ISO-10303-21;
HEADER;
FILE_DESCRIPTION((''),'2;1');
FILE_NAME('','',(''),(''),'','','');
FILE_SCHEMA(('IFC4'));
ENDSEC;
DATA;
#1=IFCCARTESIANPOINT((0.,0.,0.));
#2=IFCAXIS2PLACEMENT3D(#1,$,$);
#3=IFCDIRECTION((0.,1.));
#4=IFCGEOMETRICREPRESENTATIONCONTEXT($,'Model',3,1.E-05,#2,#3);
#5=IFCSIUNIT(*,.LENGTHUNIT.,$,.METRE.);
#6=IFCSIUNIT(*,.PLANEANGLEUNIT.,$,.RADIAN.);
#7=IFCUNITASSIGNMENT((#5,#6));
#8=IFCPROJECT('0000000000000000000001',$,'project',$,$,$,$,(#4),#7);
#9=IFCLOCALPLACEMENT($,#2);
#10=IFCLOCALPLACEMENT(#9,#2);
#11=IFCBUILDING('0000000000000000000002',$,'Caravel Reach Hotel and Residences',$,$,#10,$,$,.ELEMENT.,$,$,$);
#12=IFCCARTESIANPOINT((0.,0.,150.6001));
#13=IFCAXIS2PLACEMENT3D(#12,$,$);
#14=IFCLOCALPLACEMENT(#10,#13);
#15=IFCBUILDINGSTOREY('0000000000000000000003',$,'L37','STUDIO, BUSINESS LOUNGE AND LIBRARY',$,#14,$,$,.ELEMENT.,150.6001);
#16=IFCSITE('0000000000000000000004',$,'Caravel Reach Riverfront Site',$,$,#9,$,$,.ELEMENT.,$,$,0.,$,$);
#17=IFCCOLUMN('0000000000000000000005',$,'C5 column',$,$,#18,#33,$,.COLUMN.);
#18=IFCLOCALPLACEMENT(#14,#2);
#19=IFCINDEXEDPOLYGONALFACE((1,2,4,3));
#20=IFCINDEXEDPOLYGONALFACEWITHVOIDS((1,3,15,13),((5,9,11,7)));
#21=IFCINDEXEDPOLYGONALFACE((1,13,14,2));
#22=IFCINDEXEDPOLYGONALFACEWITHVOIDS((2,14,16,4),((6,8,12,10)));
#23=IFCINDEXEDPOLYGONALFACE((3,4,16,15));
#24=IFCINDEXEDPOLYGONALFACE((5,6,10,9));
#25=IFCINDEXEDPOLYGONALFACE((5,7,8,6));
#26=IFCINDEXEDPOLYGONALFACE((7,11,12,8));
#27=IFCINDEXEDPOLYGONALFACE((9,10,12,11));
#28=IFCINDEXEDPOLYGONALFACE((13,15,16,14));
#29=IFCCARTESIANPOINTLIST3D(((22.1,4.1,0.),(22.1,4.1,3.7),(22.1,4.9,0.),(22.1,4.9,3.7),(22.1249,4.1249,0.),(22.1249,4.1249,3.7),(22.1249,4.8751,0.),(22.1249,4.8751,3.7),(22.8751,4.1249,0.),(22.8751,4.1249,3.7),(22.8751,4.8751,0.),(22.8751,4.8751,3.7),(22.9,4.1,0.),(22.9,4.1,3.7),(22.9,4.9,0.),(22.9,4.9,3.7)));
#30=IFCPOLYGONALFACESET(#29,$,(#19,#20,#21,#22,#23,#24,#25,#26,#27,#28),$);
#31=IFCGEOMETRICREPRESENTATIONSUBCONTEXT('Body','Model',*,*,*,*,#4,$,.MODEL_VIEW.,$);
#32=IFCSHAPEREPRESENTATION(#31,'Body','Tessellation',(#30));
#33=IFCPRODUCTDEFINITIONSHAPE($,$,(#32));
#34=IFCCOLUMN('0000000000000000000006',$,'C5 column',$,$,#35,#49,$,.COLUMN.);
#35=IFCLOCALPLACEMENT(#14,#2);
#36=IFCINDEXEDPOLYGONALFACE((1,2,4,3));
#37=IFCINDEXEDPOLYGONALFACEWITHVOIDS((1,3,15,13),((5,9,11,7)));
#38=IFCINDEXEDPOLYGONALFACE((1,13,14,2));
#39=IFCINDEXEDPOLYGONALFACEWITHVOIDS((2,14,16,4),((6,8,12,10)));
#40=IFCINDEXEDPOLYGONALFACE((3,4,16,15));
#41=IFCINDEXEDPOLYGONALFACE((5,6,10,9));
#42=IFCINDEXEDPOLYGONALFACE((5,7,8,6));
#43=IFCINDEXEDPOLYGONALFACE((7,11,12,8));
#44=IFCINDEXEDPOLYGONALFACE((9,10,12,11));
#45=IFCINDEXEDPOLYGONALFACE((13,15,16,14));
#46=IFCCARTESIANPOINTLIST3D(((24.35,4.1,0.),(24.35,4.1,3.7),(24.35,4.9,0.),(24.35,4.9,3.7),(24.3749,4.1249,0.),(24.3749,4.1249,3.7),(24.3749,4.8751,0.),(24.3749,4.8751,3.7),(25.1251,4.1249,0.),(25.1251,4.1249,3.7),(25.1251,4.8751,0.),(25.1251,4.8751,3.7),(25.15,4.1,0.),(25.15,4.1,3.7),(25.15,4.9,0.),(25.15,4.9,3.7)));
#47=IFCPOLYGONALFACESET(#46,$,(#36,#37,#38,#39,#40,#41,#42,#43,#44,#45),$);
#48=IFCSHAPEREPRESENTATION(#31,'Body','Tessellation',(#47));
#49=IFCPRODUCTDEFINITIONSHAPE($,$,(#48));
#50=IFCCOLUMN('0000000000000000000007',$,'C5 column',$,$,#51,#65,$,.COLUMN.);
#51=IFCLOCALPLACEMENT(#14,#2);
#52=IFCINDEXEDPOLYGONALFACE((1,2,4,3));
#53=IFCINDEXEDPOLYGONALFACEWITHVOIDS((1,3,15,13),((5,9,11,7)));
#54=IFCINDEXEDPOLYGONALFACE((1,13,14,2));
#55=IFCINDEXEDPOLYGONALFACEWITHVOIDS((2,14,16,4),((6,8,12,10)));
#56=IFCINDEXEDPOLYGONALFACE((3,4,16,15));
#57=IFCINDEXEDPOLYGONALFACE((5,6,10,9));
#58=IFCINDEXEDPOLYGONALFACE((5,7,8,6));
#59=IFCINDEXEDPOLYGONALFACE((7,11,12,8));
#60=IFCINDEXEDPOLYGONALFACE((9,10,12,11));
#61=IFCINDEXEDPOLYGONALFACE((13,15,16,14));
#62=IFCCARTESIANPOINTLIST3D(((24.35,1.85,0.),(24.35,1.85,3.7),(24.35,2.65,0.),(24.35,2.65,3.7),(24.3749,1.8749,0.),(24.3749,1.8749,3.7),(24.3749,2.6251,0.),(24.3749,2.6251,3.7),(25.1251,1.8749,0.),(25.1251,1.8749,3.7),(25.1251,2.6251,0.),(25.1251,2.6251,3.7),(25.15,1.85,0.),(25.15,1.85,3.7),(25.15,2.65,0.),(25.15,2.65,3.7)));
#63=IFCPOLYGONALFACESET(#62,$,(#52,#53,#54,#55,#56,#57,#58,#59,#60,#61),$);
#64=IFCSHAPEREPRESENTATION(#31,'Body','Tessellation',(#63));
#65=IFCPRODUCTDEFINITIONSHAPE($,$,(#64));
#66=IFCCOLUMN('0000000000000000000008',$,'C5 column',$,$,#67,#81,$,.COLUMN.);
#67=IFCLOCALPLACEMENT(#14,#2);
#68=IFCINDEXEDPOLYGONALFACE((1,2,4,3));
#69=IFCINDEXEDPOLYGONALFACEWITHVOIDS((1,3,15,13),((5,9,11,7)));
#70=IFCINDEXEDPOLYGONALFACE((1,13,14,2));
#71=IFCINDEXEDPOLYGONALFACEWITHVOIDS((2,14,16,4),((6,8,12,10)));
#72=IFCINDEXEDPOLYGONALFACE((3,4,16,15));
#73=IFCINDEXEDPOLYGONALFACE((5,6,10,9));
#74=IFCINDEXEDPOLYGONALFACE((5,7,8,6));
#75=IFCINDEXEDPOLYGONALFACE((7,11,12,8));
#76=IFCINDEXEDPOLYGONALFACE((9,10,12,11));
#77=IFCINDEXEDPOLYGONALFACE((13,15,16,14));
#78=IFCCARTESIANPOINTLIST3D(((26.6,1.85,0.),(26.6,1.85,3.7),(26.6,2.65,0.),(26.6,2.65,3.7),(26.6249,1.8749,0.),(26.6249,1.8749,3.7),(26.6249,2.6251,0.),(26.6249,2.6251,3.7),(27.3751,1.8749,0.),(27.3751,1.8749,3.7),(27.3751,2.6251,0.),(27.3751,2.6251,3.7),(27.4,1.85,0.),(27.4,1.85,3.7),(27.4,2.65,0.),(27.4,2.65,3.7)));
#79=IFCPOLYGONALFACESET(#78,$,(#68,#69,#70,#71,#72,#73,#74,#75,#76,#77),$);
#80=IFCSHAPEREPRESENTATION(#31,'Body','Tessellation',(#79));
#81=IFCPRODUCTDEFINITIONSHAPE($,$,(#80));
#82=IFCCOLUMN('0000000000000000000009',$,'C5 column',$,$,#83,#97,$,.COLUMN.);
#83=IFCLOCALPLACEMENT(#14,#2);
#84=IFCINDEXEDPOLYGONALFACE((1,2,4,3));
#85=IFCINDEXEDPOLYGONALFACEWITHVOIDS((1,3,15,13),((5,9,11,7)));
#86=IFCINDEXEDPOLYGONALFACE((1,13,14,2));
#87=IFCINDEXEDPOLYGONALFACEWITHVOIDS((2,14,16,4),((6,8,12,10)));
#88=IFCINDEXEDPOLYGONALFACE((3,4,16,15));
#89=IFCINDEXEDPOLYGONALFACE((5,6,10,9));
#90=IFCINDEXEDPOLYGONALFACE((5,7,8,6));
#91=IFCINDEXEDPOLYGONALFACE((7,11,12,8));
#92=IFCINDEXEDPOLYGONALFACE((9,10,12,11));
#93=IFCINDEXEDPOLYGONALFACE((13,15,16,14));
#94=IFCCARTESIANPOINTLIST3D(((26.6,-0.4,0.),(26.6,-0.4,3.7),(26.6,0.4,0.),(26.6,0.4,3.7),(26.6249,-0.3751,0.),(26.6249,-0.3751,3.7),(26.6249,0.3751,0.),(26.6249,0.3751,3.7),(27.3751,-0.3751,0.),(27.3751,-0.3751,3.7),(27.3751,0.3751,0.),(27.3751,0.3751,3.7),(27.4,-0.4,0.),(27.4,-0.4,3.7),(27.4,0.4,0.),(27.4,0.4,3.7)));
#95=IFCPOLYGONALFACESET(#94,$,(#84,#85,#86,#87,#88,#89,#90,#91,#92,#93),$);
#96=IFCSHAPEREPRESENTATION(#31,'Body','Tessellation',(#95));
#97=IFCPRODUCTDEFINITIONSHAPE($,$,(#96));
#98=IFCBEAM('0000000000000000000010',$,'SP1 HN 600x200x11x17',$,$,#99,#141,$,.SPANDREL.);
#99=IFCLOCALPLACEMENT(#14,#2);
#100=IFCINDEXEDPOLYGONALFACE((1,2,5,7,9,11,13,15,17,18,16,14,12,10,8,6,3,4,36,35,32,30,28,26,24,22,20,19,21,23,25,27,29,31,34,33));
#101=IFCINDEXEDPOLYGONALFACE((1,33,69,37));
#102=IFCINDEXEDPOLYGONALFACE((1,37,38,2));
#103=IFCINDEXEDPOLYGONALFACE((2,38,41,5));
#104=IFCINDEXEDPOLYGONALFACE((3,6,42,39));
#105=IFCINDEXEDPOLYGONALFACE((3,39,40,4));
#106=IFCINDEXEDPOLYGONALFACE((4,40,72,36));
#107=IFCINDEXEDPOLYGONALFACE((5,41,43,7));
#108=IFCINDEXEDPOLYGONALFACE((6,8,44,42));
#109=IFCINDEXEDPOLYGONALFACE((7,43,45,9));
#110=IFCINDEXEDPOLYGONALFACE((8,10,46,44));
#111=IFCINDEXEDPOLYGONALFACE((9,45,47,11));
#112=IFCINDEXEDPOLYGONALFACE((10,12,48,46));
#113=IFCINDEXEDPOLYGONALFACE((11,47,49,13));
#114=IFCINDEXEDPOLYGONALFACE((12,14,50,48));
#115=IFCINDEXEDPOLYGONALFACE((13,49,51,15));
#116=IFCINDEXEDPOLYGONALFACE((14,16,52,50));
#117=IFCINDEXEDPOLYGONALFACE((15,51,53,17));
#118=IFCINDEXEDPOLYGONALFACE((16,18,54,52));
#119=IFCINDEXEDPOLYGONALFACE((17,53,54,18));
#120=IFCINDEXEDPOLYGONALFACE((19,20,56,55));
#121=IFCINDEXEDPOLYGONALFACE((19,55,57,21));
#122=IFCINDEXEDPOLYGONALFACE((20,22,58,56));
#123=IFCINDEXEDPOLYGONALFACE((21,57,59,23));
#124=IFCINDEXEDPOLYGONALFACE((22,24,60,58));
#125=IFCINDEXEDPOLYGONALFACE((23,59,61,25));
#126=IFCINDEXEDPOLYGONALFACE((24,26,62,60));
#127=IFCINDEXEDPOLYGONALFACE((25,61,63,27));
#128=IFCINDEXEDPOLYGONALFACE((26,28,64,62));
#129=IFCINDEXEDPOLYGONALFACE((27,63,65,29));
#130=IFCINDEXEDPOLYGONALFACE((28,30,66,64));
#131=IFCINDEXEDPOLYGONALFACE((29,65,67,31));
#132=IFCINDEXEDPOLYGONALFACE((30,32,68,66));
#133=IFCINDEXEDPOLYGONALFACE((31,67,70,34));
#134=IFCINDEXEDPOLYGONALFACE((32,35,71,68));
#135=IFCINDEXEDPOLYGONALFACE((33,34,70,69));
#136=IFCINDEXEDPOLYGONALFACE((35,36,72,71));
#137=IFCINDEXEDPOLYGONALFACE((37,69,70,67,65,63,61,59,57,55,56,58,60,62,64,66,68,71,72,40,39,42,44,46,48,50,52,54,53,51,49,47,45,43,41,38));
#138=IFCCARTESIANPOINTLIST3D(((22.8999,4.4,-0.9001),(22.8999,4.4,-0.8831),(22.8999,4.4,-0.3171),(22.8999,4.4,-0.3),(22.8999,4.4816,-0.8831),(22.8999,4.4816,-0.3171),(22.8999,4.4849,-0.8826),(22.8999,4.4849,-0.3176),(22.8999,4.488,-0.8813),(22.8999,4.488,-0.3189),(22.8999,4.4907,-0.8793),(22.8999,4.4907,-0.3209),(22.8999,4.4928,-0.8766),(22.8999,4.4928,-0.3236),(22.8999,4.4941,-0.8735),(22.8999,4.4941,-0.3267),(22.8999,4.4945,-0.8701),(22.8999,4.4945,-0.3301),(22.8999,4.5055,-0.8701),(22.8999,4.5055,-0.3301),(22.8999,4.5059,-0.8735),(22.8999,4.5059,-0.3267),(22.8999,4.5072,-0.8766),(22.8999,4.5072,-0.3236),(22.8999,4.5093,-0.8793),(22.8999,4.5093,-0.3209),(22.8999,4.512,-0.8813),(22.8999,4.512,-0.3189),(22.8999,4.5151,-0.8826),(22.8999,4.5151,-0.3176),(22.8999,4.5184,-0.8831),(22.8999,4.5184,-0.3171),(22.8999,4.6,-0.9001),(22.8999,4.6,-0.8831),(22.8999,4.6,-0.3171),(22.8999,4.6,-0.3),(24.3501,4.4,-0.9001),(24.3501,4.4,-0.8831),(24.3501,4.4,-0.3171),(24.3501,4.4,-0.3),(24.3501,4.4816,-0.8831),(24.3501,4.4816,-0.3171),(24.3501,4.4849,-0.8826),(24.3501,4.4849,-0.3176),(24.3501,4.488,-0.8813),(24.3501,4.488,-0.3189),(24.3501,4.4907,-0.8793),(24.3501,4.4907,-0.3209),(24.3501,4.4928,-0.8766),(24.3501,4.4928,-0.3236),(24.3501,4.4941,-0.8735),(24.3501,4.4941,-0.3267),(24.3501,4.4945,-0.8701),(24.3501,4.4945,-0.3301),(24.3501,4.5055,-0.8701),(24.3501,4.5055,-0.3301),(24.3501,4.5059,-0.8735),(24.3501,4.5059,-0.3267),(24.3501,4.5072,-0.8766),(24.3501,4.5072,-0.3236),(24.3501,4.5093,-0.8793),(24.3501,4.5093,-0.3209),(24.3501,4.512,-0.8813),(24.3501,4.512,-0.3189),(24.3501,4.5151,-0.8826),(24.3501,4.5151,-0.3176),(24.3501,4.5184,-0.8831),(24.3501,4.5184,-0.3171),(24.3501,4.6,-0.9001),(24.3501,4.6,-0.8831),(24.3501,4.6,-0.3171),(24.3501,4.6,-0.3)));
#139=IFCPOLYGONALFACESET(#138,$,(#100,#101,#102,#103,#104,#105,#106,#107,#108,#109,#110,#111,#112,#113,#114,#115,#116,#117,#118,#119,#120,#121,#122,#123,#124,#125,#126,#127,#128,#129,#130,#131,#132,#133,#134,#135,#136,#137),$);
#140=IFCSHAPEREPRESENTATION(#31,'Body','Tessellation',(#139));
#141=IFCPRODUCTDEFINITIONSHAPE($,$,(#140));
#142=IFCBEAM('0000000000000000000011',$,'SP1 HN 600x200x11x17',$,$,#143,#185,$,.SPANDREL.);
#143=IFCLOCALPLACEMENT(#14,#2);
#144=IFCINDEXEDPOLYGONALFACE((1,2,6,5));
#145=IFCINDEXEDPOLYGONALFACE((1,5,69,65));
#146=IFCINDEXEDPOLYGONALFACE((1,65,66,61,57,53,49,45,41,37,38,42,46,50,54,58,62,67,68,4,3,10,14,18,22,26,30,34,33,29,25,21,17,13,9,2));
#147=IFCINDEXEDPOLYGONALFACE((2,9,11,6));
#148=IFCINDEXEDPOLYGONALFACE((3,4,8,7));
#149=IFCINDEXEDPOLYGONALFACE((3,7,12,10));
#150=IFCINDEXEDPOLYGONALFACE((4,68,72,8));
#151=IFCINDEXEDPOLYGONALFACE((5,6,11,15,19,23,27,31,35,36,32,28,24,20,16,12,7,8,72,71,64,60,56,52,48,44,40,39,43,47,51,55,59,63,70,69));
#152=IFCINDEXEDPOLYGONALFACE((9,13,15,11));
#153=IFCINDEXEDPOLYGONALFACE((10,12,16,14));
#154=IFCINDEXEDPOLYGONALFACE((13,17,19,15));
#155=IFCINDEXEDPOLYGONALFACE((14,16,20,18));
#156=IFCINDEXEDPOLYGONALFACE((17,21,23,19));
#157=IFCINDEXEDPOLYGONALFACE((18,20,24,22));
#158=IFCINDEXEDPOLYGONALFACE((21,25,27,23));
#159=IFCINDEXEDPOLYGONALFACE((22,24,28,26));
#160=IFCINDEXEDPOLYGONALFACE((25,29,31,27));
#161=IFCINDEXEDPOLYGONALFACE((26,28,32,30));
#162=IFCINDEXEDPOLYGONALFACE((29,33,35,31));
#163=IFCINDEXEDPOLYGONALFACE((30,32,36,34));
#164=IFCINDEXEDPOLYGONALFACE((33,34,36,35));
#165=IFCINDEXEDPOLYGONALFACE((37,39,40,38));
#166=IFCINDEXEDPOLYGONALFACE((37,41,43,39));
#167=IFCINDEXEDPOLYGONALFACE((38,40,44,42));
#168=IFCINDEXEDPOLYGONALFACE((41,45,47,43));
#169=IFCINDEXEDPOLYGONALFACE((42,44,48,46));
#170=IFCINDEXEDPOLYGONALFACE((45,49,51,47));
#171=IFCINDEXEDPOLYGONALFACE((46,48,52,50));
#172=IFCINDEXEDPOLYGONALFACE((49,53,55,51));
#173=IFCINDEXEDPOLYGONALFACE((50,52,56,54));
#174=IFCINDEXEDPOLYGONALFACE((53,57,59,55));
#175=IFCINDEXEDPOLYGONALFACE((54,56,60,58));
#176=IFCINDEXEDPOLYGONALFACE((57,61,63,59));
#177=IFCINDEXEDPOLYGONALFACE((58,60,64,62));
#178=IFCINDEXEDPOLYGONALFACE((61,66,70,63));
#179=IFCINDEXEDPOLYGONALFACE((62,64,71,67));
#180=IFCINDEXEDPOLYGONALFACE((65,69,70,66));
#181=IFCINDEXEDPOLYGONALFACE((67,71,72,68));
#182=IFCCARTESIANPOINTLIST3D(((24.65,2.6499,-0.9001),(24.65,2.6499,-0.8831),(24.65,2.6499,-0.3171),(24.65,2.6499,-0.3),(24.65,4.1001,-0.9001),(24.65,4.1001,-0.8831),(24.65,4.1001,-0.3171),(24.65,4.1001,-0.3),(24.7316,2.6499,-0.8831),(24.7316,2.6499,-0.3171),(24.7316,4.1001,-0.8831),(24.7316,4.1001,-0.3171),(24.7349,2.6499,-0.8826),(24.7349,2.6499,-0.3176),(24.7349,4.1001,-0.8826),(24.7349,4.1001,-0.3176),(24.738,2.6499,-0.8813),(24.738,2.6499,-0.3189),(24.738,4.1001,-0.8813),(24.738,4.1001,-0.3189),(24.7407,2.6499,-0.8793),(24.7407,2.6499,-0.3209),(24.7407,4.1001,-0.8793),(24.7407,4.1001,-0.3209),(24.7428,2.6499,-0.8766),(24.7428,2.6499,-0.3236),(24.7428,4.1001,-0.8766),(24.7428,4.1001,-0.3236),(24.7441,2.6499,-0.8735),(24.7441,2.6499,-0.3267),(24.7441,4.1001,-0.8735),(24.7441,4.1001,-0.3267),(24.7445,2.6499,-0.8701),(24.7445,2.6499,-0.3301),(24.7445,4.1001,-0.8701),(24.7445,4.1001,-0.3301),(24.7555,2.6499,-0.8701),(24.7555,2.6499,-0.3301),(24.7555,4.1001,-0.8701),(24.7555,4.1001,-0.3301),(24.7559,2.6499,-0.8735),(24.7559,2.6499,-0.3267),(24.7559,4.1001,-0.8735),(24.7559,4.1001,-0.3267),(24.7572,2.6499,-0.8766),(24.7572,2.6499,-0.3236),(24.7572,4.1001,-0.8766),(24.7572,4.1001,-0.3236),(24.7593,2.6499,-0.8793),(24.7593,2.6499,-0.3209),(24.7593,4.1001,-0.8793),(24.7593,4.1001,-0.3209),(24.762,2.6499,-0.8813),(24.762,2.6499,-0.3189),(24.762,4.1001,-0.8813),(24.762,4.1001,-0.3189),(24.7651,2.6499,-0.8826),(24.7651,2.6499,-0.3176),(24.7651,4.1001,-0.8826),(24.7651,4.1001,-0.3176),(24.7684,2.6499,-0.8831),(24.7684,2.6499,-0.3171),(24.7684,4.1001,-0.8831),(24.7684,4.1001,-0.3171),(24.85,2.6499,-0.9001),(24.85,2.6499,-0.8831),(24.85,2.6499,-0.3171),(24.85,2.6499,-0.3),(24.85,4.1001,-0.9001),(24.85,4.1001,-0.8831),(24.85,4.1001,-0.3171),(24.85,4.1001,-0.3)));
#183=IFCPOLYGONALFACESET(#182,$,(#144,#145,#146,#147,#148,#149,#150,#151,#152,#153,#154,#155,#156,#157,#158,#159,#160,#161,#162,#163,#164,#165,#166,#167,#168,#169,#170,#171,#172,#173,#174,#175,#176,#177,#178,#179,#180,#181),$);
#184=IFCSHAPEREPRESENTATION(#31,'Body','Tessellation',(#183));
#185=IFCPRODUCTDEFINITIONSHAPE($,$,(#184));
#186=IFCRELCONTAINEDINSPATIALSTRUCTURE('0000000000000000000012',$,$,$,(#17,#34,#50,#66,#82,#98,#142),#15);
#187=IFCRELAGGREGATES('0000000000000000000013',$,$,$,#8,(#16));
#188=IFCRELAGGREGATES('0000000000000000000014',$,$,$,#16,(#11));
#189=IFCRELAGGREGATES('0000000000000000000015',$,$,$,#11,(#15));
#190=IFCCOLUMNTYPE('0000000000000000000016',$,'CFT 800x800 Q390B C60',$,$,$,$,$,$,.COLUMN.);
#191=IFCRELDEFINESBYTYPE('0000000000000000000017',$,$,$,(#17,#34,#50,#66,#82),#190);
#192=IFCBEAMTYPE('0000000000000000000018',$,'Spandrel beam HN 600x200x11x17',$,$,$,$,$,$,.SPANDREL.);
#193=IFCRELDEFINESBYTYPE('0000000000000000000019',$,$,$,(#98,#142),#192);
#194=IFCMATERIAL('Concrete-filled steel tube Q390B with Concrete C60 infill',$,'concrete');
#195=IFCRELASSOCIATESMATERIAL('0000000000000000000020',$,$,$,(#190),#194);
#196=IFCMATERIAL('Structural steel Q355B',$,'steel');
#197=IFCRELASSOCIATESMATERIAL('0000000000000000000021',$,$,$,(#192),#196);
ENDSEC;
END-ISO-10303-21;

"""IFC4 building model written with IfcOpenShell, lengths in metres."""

from ifc_helpers import new_model, si_unit, direction, frame, origin, origin_2d, place, context, subcontext, project, spatial, hollow_rectangle, i_section, extrude, material, material_profile, profile_set, type_object, element, save


model = new_model("IFC4")

# Units and contexts
model_context = context("Model", 3, precision=1e-05, world=origin(), true_north=direction((0.0, 1.0)))
body_context = subcontext(model_context, "Body", "Model", "MODEL_VIEW")
ifc_project = project(units=[si_unit("LENGTHUNIT", "METRE"), si_unit("PLANEANGLEUNIT", "RADIAN")], contexts=[model_context])

# Site, building, storey
site_placement = place(None, origin())
site = spatial("IfcSite", under=ifc_project, at=site_placement, Name="Caravel Reach Riverfront Site", CompositionType="ELEMENT", RefElevation=0.0)
building_placement = place(site_placement, origin())
building = spatial("IfcBuilding", under=site, at=building_placement, Name="Caravel Reach Hotel and Residences", CompositionType="ELEMENT")
storey_placement = place(building_placement, frame((0.0, 0.0, 150.6001)))
storey = spatial("IfcBuildingStorey", under=building, at=storey_placement, Name="L37", Description="STUDIO, BUSINESS LOUNGE AND LIBRARY", CompositionType="ELEMENT", Elevation=150.6001)

# Columns
ifc_material_1 = material(Name="Concrete-filled steel tube Q390B with Concrete C60 infill", Category="concrete")
ifc_material_profile_1 = material_profile(ifc_material_1, hollow_rectangle(XDim=0.8, YDim=0.8, WallThickness=0.0249, at=origin_2d()), Name="RHS 800x800x25")
ifc_profile_set_1 = profile_set([ifc_material_profile_1], Name="Concrete-filled steel tube Q390B with Concrete C60 infill")
column_type = type_object("IfcColumnType", Name="CFT 800x800 Q390B C60", PredefinedType="COLUMN", material=ifc_profile_set_1)
for number, where, z_axis, x_axis, name in (
    (1, (22.5, 4.5, 0.0), (0.0, 0.0, 1.0), (1.0, 0.0, 0.0), "C5 column"),
    (2, (24.75, 4.5, 0.0), (0.0, 0.0, 1.0), (1.0, 0.0, 0.0), "C5 column"),
    (3, (24.75, 2.25, 0.0), (0.0, 0.0, 1.0), (1.0, 0.0, 0.0), "C5 column"),
    (4, (27.0, 2.25, 0.0), (0.0, 0.0, 1.0), (1.0, 0.0, 0.0), "C5 column"),
    (5, (27.0, 0.0, 0.0), (0.0, 0.0, 1.0), (1.0, 0.0, 0.0), "C5 column"),
):
    element("IfcColumn", number, at=place(storey_placement, frame(where, z_axis=z_axis, x_axis=x_axis)), inside=storey, type_object=column_type, Name=name, PredefinedType="COLUMN", context=body_context, shape_type="SweptSolid", body=[
        extrude(hollow_rectangle(XDim=0.8, YDim=0.8, WallThickness=0.0249, at=origin_2d()), origin(), (0.0, 0.0, 1.0), 3.7),
    ])

# Beams
ifc_material_2 = material(Name="Structural steel Q355B", Category="steel")
ifc_material_profile_2 = material_profile(ifc_material_2, i_section(OverallWidth=0.2, OverallDepth=0.6001, WebThickness=0.011, FlangeThickness=0.0171, FilletRadius=0.0129, at=origin_2d()), Name="HN 600x200x11x17")
ifc_profile_set_2 = profile_set([ifc_material_profile_2], Name="Structural steel Q355B")
beam_type = type_object("IfcBeamType", Name="Spandrel beam HN 600x200x11x17", PredefinedType="SPANDREL", material=ifc_profile_set_2)
for number, where, z_axis, x_axis, name in (
    (6, (22.8999, 4.5, -0.6001), (1.0, 0.0, 0.0), (0.0, 1.0, 0.0), "SP1 HN 600x200x11x17"),
    (7, (24.75, 4.1001, -0.6001), (0.0, -1.0, 0.0), (1.0, 0.0, 0.0), "SP1 HN 600x200x11x17"),
):
    element("IfcBeam", number, at=place(storey_placement, frame(where, z_axis=z_axis, x_axis=x_axis)), inside=storey, type_object=beam_type, Name=name, PredefinedType="SPANDREL", context=body_context, shape_type="SweptSolid", body=[
        extrude(i_section(OverallWidth=0.2, OverallDepth=0.6001, WebThickness=0.011, FlangeThickness=0.0171, FilletRadius=0.0129, at=origin_2d()), origin(), (0.0, 0.0, 1.0), 1.4502),
    ])

save(model, "model.ifc")
